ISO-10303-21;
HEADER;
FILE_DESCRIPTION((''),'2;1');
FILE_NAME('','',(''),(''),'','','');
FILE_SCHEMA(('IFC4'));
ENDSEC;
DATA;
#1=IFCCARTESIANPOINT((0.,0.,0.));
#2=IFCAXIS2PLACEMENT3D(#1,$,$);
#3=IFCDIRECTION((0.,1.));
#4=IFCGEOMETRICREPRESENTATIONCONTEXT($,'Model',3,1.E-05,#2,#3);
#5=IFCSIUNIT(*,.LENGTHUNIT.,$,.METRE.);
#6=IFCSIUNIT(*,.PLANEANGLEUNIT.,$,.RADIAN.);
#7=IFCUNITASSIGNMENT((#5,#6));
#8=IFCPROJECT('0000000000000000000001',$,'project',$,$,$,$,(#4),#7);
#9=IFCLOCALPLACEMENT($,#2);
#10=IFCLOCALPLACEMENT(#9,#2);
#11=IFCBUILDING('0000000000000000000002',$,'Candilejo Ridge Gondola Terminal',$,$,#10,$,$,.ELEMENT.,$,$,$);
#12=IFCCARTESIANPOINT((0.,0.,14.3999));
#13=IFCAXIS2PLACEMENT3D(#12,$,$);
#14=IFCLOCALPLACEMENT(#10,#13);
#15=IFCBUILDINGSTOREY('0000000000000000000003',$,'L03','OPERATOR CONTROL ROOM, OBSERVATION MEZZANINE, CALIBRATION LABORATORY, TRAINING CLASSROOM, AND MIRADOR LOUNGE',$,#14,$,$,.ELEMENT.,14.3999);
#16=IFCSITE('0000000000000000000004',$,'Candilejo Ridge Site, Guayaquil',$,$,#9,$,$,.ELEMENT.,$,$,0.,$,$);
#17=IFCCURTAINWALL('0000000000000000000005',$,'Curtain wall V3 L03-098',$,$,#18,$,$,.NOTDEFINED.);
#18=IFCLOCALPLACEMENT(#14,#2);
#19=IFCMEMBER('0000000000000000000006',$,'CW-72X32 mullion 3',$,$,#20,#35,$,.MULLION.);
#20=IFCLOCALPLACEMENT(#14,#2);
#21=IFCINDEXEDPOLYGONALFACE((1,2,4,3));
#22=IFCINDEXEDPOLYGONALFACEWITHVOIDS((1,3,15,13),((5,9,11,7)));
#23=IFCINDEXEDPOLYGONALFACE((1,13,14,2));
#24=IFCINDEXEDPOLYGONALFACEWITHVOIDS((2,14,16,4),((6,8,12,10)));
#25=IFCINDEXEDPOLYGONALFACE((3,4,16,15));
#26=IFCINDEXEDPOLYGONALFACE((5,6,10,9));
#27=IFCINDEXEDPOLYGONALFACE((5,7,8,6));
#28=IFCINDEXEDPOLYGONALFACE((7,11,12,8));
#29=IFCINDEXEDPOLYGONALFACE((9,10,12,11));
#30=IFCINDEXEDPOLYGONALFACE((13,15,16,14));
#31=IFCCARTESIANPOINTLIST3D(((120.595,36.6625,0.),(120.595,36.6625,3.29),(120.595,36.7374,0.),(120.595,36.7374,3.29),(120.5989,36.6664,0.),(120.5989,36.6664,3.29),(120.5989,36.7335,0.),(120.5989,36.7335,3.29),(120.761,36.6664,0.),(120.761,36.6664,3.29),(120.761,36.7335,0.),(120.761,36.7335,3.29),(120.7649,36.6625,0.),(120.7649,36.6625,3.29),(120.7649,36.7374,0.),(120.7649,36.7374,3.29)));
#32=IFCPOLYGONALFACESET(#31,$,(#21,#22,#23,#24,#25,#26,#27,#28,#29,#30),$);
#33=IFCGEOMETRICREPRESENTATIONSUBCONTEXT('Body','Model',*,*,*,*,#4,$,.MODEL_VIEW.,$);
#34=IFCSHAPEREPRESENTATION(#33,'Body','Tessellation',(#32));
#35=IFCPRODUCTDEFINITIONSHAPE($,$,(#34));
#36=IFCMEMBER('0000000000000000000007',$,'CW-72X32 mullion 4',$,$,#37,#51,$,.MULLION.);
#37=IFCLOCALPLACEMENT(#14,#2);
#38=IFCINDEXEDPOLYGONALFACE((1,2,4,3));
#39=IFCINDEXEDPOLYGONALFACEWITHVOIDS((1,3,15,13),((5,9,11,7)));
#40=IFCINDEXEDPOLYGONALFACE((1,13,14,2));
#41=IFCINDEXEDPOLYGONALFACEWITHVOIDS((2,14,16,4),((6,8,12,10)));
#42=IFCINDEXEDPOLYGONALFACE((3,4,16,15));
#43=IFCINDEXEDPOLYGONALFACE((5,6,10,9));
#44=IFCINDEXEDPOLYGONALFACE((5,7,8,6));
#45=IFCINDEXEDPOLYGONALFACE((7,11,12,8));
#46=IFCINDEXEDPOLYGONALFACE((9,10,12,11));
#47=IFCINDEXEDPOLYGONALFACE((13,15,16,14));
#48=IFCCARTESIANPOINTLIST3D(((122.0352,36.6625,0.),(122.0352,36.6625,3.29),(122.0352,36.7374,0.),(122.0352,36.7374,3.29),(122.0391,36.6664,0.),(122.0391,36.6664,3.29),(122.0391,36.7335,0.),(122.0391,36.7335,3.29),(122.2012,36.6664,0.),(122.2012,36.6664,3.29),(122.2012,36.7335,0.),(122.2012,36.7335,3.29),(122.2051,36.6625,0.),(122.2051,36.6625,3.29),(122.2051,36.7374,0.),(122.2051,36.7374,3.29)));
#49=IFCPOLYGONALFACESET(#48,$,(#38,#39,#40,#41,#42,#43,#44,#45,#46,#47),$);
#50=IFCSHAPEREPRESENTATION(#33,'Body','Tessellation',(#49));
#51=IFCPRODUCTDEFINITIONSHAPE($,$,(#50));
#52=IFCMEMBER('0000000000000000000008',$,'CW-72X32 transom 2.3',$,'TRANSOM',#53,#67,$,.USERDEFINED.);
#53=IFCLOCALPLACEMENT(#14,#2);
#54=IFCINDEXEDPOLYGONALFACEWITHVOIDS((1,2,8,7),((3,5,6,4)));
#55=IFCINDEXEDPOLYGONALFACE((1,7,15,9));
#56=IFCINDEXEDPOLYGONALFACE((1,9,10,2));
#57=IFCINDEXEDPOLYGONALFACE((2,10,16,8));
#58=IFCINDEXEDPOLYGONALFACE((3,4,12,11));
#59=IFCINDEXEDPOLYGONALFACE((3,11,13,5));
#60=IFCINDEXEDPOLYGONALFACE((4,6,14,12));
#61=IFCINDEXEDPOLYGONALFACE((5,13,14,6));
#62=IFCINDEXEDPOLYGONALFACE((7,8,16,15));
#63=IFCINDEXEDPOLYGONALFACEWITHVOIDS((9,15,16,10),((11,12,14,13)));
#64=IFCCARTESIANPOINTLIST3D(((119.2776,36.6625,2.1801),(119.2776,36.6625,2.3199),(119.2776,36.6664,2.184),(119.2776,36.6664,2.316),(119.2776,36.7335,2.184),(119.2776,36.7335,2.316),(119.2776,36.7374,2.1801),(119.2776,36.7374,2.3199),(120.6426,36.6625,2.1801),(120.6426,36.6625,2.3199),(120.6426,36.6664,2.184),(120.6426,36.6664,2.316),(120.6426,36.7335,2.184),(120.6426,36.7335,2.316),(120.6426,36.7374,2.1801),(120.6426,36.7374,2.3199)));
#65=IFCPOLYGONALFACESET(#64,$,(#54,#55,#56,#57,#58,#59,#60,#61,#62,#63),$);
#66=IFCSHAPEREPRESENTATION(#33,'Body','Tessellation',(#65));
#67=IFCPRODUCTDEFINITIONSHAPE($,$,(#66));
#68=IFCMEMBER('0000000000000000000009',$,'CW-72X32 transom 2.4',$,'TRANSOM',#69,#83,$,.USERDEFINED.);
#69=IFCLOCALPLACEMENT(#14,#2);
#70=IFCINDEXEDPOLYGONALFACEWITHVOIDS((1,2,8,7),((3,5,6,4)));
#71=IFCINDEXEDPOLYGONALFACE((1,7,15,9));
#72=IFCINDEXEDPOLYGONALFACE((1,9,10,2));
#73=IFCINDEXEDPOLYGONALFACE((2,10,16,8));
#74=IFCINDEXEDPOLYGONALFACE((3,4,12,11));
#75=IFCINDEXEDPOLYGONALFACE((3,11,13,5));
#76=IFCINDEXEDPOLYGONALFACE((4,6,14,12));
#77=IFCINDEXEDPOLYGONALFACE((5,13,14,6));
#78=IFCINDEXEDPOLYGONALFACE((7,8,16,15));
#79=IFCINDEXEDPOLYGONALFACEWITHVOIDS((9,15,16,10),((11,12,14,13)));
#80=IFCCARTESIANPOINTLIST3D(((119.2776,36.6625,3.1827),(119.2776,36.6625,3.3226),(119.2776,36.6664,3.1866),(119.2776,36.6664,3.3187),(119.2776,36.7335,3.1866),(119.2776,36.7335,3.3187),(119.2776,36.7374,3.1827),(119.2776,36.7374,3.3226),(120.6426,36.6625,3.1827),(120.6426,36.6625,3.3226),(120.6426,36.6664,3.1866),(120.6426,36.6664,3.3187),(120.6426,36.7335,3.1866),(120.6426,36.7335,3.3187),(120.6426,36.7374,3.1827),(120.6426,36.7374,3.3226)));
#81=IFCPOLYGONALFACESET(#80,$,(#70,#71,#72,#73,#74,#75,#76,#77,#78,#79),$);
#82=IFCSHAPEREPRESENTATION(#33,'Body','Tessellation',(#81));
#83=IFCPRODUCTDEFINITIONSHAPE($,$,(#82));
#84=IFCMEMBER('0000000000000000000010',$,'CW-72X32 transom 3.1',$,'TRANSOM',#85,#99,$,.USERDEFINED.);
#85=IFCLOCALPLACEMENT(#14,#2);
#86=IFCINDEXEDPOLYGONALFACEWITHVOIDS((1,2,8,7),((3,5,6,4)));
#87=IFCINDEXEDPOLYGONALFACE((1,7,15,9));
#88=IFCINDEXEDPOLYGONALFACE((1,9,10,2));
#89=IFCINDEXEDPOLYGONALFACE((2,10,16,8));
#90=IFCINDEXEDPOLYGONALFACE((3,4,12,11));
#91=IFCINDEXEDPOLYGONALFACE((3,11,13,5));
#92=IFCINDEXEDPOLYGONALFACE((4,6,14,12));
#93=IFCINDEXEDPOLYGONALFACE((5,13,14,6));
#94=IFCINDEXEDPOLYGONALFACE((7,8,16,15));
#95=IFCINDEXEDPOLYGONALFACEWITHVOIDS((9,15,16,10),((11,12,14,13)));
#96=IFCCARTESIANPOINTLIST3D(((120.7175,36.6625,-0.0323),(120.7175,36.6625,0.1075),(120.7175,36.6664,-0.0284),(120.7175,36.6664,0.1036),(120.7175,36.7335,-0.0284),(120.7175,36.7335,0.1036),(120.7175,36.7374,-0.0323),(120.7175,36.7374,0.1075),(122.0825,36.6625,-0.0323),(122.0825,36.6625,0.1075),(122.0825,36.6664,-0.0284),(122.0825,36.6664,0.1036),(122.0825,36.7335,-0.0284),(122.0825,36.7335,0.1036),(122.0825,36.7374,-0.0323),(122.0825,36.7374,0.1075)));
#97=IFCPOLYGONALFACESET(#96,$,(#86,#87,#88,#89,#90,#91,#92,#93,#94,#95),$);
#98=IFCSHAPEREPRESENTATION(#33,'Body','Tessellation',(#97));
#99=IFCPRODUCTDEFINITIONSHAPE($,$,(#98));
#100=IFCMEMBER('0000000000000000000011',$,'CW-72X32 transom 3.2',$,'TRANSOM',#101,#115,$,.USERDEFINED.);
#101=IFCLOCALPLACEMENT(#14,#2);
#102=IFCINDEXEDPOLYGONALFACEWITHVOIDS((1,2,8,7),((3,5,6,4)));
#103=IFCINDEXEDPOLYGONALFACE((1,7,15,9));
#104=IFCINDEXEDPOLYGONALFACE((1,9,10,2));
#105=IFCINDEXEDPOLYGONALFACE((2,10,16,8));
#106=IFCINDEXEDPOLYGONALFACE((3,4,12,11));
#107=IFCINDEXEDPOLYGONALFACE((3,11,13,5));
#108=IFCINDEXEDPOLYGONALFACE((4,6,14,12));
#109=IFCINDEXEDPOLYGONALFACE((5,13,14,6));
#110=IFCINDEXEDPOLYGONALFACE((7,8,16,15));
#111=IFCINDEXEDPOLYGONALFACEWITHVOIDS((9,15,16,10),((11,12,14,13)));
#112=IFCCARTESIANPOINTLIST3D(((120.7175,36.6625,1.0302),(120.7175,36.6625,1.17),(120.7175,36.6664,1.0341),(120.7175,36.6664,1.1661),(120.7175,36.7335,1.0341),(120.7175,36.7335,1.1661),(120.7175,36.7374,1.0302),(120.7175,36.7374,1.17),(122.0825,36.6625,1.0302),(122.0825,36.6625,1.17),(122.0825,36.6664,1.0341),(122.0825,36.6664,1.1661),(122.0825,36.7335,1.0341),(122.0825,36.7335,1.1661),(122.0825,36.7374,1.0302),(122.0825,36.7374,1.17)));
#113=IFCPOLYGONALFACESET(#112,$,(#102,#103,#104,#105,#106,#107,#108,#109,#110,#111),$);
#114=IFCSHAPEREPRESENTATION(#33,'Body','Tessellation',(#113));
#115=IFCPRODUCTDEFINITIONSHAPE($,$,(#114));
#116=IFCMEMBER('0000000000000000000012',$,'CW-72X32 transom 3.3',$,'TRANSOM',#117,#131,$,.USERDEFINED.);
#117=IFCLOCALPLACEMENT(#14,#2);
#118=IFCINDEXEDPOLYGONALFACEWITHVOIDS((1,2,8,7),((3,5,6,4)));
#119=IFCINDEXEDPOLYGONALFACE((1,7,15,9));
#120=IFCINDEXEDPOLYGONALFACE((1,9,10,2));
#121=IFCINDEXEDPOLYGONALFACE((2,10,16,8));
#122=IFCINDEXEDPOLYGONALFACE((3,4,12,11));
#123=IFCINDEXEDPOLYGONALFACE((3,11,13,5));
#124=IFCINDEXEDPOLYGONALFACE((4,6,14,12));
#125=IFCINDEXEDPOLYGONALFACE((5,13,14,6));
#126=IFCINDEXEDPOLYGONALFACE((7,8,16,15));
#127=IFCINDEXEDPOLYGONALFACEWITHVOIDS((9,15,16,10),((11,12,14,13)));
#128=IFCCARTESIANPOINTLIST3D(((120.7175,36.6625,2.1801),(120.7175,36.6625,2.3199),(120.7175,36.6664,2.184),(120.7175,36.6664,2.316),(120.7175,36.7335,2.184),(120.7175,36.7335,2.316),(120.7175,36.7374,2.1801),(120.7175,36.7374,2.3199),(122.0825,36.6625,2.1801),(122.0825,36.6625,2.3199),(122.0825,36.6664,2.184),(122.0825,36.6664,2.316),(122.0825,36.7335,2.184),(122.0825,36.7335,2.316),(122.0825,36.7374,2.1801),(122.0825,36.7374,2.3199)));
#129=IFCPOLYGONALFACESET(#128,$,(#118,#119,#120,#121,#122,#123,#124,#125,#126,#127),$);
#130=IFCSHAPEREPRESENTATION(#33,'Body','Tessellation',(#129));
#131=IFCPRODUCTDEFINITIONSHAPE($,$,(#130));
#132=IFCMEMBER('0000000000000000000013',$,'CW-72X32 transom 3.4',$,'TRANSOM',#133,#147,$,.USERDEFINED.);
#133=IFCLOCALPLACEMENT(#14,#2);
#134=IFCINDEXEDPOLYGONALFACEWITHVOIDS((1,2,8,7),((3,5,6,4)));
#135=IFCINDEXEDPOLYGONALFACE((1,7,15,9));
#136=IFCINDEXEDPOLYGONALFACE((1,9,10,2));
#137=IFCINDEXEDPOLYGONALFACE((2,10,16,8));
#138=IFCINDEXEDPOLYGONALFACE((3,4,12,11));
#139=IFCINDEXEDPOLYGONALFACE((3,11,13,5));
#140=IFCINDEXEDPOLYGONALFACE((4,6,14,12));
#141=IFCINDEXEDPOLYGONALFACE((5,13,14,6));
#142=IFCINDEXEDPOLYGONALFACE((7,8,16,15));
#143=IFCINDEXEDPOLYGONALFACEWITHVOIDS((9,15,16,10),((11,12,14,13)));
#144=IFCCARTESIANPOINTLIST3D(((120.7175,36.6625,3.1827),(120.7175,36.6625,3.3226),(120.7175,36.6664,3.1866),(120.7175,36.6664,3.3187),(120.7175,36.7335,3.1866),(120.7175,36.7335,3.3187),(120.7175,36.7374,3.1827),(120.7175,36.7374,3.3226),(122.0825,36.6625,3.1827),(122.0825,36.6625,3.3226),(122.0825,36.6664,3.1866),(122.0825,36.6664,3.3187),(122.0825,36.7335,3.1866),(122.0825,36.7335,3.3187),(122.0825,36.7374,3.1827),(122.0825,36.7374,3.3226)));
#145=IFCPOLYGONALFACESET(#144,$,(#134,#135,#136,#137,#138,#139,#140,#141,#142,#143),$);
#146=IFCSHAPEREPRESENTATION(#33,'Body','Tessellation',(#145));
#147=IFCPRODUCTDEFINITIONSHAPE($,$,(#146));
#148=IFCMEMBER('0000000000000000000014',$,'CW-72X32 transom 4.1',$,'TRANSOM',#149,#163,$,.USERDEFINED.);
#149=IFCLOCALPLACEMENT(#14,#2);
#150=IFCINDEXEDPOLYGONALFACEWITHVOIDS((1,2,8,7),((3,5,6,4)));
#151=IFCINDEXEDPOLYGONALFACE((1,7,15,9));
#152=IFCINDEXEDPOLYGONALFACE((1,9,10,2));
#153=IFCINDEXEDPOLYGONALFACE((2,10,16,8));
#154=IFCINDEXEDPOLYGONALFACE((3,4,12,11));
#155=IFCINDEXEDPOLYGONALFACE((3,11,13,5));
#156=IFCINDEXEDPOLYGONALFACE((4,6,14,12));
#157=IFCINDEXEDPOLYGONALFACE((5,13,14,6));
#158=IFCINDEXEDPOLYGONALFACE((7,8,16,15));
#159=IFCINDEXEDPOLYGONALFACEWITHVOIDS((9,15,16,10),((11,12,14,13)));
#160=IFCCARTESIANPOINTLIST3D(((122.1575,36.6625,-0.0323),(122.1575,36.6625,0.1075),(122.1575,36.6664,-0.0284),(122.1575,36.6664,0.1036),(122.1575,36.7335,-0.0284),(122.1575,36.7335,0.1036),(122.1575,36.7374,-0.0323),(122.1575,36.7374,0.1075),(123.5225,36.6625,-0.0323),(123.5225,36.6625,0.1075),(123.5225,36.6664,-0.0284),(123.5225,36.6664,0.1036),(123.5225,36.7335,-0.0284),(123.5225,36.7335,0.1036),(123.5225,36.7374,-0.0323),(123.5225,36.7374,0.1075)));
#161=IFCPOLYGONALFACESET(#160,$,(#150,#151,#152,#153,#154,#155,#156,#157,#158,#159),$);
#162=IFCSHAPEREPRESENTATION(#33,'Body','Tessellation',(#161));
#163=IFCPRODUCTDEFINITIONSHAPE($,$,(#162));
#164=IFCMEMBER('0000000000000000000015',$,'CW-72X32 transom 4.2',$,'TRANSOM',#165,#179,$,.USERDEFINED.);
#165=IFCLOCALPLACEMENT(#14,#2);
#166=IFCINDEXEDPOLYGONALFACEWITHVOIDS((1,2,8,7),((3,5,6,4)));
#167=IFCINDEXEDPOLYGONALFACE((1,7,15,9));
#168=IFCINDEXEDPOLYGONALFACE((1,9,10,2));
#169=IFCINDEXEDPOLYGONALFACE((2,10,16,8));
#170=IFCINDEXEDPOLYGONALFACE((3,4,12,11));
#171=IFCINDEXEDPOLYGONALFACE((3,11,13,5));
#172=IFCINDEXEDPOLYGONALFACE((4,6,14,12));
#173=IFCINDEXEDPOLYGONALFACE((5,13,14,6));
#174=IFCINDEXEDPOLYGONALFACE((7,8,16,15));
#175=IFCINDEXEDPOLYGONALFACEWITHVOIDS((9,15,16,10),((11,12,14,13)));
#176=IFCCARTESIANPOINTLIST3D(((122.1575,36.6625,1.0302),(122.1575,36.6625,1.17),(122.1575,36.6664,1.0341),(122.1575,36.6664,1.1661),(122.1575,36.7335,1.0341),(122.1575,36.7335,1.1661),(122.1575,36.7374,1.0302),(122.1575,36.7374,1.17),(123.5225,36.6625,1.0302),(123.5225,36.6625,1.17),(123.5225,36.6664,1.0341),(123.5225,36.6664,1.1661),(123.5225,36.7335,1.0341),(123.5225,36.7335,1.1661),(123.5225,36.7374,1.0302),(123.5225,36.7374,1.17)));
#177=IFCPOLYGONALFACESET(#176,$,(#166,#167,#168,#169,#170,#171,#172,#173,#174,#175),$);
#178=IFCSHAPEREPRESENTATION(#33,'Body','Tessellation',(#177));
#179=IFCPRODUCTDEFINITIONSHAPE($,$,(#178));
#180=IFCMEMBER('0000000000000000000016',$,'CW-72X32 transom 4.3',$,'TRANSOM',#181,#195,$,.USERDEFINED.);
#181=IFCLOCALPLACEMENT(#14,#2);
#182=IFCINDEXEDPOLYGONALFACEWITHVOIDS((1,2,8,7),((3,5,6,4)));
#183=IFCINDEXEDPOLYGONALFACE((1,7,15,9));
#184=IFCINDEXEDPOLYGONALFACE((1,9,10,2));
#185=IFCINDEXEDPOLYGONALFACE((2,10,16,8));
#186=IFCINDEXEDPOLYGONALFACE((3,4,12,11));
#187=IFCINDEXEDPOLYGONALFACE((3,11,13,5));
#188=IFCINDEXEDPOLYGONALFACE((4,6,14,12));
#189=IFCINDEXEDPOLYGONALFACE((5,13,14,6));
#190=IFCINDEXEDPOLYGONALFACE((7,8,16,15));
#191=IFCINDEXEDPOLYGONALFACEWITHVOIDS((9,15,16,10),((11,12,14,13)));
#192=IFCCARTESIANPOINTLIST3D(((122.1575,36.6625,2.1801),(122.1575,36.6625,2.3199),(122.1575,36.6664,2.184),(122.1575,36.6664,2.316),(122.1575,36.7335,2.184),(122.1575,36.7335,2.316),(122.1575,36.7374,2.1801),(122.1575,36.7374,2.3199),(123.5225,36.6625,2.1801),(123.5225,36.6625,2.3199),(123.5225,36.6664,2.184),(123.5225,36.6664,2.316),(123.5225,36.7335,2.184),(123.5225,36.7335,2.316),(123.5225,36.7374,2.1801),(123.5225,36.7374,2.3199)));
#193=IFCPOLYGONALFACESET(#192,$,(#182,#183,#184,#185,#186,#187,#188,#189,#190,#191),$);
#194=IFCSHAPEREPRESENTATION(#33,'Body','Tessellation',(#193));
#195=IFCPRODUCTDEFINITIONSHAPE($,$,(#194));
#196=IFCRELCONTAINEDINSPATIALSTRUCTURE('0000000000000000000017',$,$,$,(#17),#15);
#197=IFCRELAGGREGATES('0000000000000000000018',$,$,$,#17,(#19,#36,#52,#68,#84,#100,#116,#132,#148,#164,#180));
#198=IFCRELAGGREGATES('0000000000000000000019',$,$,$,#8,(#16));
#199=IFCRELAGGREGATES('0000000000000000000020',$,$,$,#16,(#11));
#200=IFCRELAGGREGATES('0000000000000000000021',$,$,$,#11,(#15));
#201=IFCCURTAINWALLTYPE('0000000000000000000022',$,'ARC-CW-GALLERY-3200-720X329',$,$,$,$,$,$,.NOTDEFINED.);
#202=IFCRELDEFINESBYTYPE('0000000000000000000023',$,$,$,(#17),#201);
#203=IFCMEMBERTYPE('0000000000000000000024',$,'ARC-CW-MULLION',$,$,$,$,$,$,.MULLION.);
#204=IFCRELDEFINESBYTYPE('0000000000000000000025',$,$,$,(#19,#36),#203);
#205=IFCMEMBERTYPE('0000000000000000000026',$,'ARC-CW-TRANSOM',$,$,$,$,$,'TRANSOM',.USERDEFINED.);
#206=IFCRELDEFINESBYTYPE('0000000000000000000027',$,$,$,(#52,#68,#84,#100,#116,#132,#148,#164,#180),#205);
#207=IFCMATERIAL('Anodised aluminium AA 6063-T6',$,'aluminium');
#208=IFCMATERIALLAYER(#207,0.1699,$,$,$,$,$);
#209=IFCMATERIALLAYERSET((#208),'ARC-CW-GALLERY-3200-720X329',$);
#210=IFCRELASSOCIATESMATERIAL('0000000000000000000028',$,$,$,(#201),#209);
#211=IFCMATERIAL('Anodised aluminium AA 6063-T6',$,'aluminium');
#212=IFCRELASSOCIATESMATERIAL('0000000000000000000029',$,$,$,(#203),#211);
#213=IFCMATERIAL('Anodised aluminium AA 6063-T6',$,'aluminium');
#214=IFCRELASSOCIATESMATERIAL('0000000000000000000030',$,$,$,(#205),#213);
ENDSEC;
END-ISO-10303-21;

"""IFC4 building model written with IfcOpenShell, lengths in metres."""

from ifc_helpers import new_model, si_unit, direction, frame, origin, origin_2d, place, context, subcontext, project, spatial, hollow_rectangle, extrude, material, layer, layer_set, material_profile, profile_set, type_object, element, aggregate, save


model = new_model("IFC4")

# Units and contexts
model_context = context("Model", 3, precision=1e-05, world=origin(), true_north=direction((0.0, 1.0)))
body_context = subcontext(model_context, "Body", "Model", "MODEL_VIEW")
ifc_project = project(units=[si_unit("LENGTHUNIT", "METRE"), si_unit("PLANEANGLEUNIT", "RADIAN")], contexts=[model_context])

# Site, building, storey
site_placement = place(None, origin())
site = spatial("IfcSite", under=ifc_project, at=site_placement, Name="Candilejo Ridge Site, Guayaquil", CompositionType="ELEMENT", RefElevation=0.0)
building_placement = place(site_placement, origin())
building = spatial("IfcBuilding", under=site, at=building_placement, Name="Candilejo Ridge Gondola Terminal", CompositionType="ELEMENT")
storey_placement = place(building_placement, frame((0.0, 0.0, 14.3999)))
storey = spatial("IfcBuildingStorey", under=building, at=storey_placement, Name="L03", Description="OPERATOR CONTROL ROOM, OBSERVATION MEZZANINE, CALIBRATION LABORATORY, TRAINING CLASSROOM, AND MIRADOR LOUNGE", CompositionType="ELEMENT", Elevation=14.3999)

# Curtain wall, members
ifc_material_1 = material(Name="Anodised aluminium AA 6063-T6", Category="aluminium")
ifc_layer_1 = layer(ifc_material_1, 0.1699)
ifc_layer_set_1 = layer_set([ifc_layer_1], Name="ARC-CW-GALLERY-3200-720X329")
curtain_wall_type = type_object("IfcCurtainWallType", Name="ARC-CW-GALLERY-3200-720X329", PredefinedType="NOTDEFINED", material=ifc_layer_set_1)
curtain_wall_placement = place(storey_placement, origin())
curtain_wall = element("IfcCurtainWall", 1, at=curtain_wall_placement, inside=storey, type_object=curtain_wall_type, Name="Curtain wall V3 L03-098", PredefinedType="NOTDEFINED")
ifc_material_2 = material(Name="Anodised aluminium AA 6063-T6", Category="aluminium")
ifc_material_profile_1 = material_profile(ifc_material_2, hollow_rectangle(XDim=0.075, YDim=0.1699, WallThickness=0.0039, at=origin_2d()))
ifc_profile_set_1 = profile_set([ifc_material_profile_1], Name="Anodised aluminium AA 6063-T6")
member_type_1 = type_object("IfcMemberType", Name="ARC-CW-MULLION", PredefinedType="MULLION", material=ifc_profile_set_1)
member_1_placement = place(storey_placement, frame((120.6799, 36.7, 0.0), z_axis=(0.0, 0.0, 1.0), x_axis=(0.0, 1.0, 0.0)))
member_1 = element("IfcMember", 2, at=member_1_placement, type_object=member_type_1, Name="CW-72X32 mullion 3", PredefinedType="MULLION", context=body_context, shape_type="SweptSolid", body=[
    extrude(hollow_rectangle(XDim=0.075, YDim=0.1699, WallThickness=0.0039, at=origin_2d()), origin(), (0.0, 0.0, 1.0), 3.29),
])
member_2_placement = place(storey_placement, frame((122.1201, 36.7, 0.0), z_axis=(0.0, 0.0, 1.0), x_axis=(0.0, 1.0, 0.0)))
member_2 = element("IfcMember", 3, at=member_2_placement, type_object=member_type_1, Name="CW-72X32 mullion 4", PredefinedType="MULLION", context=body_context, shape_type="SweptSolid", body=[
    extrude(hollow_rectangle(XDim=0.075, YDim=0.1699, WallThickness=0.0039, at=origin_2d()), origin(), (0.0, 0.0, 1.0), 3.29),
])
ifc_material_3 = material(Name="Anodised aluminium AA 6063-T6", Category="aluminium")
ifc_material_profile_2 = material_profile(ifc_material_3, hollow_rectangle(XDim=0.075, YDim=0.1399, WallThickness=0.0039, at=origin_2d()))
ifc_profile_set_2 = profile_set([ifc_material_profile_2], Name="Anodised aluminium AA 6063-T6")
member_type_2 = type_object("IfcMemberType", Name="ARC-CW-TRANSOM", ElementType="TRANSOM", PredefinedType="USERDEFINED", material=ifc_profile_set_2)
member_3_placement = place(storey_placement, frame((119.2776, 36.7, 2.25), z_axis=(1.0, 0.0, 0.0), x_axis=(0.0, 1.0, 0.0)))
member_3 = element("IfcMember", 4, at=member_3_placement, type_object=member_type_2, Name="CW-72X32 transom 2.3", ObjectType="TRANSOM", PredefinedType="USERDEFINED", context=body_context, shape_type="SweptSolid", body=[
    extrude(hollow_rectangle(XDim=0.075, YDim=0.1399, WallThickness=0.0039, at=origin_2d()), origin(), (0.0, 0.0, 1.0), 1.365),
])
member_4_placement = place(storey_placement, frame((119.2776, 36.7, 3.2527), z_axis=(1.0, 0.0, 0.0), x_axis=(0.0, 1.0, 0.0)))
member_4 = element("IfcMember", 5, at=member_4_placement, type_object=member_type_2, Name="CW-72X32 transom 2.4", ObjectType="TRANSOM", PredefinedType="USERDEFINED", context=body_context, shape_type="SweptSolid", body=[
    extrude(hollow_rectangle(XDim=0.075, YDim=0.1399, WallThickness=0.0039, at=origin_2d()), origin(), (0.0, 0.0, 1.0), 1.365),
])
member_5_placement = place(storey_placement, frame((120.7175, 36.7, 0.0376), z_axis=(1.0, 0.0, 0.0), x_axis=(0.0, 1.0, 0.0)))
member_5 = element("IfcMember", 6, at=member_5_placement, type_object=member_type_2, Name="CW-72X32 transom 3.1", ObjectType="TRANSOM", PredefinedType="USERDEFINED", context=body_context, shape_type="SweptSolid", body=[
    extrude(hollow_rectangle(XDim=0.075, YDim=0.1399, WallThickness=0.0039, at=origin_2d()), origin(), (0.0, 0.0, 1.0), 1.365),
])
member_6_placement = place(storey_placement, frame((120.7175, 36.7, 1.1001), z_axis=(1.0, 0.0, 0.0), x_axis=(0.0, 1.0, 0.0)))
member_6 = element("IfcMember", 7, at=member_6_placement, type_object=member_type_2, Name="CW-72X32 transom 3.2", ObjectType="TRANSOM", PredefinedType="USERDEFINED", context=body_context, shape_type="SweptSolid", body=[
    extrude(hollow_rectangle(XDim=0.075, YDim=0.1399, WallThickness=0.0039, at=origin_2d()), origin(), (0.0, 0.0, 1.0), 1.365),
])
member_7_placement = place(storey_placement, frame((120.7175, 36.7, 2.25), z_axis=(1.0, 0.0, 0.0), x_axis=(0.0, 1.0, 0.0)))
member_7 = element("IfcMember", 8, at=member_7_placement, type_object=member_type_2, Name="CW-72X32 transom 3.3", ObjectType="TRANSOM", PredefinedType="USERDEFINED", context=body_context, shape_type="SweptSolid", body=[
    extrude(hollow_rectangle(XDim=0.075, YDim=0.1399, WallThickness=0.0039, at=origin_2d()), origin(), (0.0, 0.0, 1.0), 1.365),
])
member_8_placement = place(storey_placement, frame((120.7175, 36.7, 3.2527), z_axis=(1.0, 0.0, 0.0), x_axis=(0.0, 1.0, 0.0)))
member_8 = element("IfcMember", 9, at=member_8_placement, type_object=member_type_2, Name="CW-72X32 transom 3.4", ObjectType="TRANSOM", PredefinedType="USERDEFINED", context=body_context, shape_type="SweptSolid", body=[
    extrude(hollow_rectangle(XDim=0.075, YDim=0.1399, WallThickness=0.0039, at=origin_2d()), origin(), (0.0, 0.0, 1.0), 1.365),
])
member_9_placement = place(storey_placement, frame((122.1575, 36.7, 0.0376), z_axis=(1.0, 0.0, 0.0), x_axis=(0.0, 1.0, 0.0)))
member_9 = element("IfcMember", 10, at=member_9_placement, type_object=member_type_2, Name="CW-72X32 transom 4.1", ObjectType="TRANSOM", PredefinedType="USERDEFINED", context=body_context, shape_type="SweptSolid", body=[
    extrude(hollow_rectangle(XDim=0.075, YDim=0.1399, WallThickness=0.0039, at=origin_2d()), origin(), (0.0, 0.0, 1.0), 1.365),
])
member_10_placement = place(storey_placement, frame((122.1575, 36.7, 1.1001), z_axis=(1.0, 0.0, 0.0), x_axis=(0.0, 1.0, 0.0)))
member_10 = element("IfcMember", 11, at=member_10_placement, type_object=member_type_2, Name="CW-72X32 transom 4.2", ObjectType="TRANSOM", PredefinedType="USERDEFINED", context=body_context, shape_type="SweptSolid", body=[
    extrude(hollow_rectangle(XDim=0.075, YDim=0.1399, WallThickness=0.0039, at=origin_2d()), origin(), (0.0, 0.0, 1.0), 1.365),
])
member_11_placement = place(storey_placement, frame((122.1575, 36.7, 2.25), z_axis=(1.0, 0.0, 0.0), x_axis=(0.0, 1.0, 0.0)))
member_11 = element("IfcMember", 12, at=member_11_placement, type_object=member_type_2, Name="CW-72X32 transom 4.3", ObjectType="TRANSOM", PredefinedType="USERDEFINED", context=body_context, shape_type="SweptSolid", body=[
    extrude(hollow_rectangle(XDim=0.075, YDim=0.1399, WallThickness=0.0039, at=origin_2d()), origin(), (0.0, 0.0, 1.0), 1.365),
])
aggregate(curtain_wall, [member_1, member_2, member_3, member_4, member_5, member_6, member_7, member_8, member_9, member_10, member_11])

save(model, "model.ifc")
